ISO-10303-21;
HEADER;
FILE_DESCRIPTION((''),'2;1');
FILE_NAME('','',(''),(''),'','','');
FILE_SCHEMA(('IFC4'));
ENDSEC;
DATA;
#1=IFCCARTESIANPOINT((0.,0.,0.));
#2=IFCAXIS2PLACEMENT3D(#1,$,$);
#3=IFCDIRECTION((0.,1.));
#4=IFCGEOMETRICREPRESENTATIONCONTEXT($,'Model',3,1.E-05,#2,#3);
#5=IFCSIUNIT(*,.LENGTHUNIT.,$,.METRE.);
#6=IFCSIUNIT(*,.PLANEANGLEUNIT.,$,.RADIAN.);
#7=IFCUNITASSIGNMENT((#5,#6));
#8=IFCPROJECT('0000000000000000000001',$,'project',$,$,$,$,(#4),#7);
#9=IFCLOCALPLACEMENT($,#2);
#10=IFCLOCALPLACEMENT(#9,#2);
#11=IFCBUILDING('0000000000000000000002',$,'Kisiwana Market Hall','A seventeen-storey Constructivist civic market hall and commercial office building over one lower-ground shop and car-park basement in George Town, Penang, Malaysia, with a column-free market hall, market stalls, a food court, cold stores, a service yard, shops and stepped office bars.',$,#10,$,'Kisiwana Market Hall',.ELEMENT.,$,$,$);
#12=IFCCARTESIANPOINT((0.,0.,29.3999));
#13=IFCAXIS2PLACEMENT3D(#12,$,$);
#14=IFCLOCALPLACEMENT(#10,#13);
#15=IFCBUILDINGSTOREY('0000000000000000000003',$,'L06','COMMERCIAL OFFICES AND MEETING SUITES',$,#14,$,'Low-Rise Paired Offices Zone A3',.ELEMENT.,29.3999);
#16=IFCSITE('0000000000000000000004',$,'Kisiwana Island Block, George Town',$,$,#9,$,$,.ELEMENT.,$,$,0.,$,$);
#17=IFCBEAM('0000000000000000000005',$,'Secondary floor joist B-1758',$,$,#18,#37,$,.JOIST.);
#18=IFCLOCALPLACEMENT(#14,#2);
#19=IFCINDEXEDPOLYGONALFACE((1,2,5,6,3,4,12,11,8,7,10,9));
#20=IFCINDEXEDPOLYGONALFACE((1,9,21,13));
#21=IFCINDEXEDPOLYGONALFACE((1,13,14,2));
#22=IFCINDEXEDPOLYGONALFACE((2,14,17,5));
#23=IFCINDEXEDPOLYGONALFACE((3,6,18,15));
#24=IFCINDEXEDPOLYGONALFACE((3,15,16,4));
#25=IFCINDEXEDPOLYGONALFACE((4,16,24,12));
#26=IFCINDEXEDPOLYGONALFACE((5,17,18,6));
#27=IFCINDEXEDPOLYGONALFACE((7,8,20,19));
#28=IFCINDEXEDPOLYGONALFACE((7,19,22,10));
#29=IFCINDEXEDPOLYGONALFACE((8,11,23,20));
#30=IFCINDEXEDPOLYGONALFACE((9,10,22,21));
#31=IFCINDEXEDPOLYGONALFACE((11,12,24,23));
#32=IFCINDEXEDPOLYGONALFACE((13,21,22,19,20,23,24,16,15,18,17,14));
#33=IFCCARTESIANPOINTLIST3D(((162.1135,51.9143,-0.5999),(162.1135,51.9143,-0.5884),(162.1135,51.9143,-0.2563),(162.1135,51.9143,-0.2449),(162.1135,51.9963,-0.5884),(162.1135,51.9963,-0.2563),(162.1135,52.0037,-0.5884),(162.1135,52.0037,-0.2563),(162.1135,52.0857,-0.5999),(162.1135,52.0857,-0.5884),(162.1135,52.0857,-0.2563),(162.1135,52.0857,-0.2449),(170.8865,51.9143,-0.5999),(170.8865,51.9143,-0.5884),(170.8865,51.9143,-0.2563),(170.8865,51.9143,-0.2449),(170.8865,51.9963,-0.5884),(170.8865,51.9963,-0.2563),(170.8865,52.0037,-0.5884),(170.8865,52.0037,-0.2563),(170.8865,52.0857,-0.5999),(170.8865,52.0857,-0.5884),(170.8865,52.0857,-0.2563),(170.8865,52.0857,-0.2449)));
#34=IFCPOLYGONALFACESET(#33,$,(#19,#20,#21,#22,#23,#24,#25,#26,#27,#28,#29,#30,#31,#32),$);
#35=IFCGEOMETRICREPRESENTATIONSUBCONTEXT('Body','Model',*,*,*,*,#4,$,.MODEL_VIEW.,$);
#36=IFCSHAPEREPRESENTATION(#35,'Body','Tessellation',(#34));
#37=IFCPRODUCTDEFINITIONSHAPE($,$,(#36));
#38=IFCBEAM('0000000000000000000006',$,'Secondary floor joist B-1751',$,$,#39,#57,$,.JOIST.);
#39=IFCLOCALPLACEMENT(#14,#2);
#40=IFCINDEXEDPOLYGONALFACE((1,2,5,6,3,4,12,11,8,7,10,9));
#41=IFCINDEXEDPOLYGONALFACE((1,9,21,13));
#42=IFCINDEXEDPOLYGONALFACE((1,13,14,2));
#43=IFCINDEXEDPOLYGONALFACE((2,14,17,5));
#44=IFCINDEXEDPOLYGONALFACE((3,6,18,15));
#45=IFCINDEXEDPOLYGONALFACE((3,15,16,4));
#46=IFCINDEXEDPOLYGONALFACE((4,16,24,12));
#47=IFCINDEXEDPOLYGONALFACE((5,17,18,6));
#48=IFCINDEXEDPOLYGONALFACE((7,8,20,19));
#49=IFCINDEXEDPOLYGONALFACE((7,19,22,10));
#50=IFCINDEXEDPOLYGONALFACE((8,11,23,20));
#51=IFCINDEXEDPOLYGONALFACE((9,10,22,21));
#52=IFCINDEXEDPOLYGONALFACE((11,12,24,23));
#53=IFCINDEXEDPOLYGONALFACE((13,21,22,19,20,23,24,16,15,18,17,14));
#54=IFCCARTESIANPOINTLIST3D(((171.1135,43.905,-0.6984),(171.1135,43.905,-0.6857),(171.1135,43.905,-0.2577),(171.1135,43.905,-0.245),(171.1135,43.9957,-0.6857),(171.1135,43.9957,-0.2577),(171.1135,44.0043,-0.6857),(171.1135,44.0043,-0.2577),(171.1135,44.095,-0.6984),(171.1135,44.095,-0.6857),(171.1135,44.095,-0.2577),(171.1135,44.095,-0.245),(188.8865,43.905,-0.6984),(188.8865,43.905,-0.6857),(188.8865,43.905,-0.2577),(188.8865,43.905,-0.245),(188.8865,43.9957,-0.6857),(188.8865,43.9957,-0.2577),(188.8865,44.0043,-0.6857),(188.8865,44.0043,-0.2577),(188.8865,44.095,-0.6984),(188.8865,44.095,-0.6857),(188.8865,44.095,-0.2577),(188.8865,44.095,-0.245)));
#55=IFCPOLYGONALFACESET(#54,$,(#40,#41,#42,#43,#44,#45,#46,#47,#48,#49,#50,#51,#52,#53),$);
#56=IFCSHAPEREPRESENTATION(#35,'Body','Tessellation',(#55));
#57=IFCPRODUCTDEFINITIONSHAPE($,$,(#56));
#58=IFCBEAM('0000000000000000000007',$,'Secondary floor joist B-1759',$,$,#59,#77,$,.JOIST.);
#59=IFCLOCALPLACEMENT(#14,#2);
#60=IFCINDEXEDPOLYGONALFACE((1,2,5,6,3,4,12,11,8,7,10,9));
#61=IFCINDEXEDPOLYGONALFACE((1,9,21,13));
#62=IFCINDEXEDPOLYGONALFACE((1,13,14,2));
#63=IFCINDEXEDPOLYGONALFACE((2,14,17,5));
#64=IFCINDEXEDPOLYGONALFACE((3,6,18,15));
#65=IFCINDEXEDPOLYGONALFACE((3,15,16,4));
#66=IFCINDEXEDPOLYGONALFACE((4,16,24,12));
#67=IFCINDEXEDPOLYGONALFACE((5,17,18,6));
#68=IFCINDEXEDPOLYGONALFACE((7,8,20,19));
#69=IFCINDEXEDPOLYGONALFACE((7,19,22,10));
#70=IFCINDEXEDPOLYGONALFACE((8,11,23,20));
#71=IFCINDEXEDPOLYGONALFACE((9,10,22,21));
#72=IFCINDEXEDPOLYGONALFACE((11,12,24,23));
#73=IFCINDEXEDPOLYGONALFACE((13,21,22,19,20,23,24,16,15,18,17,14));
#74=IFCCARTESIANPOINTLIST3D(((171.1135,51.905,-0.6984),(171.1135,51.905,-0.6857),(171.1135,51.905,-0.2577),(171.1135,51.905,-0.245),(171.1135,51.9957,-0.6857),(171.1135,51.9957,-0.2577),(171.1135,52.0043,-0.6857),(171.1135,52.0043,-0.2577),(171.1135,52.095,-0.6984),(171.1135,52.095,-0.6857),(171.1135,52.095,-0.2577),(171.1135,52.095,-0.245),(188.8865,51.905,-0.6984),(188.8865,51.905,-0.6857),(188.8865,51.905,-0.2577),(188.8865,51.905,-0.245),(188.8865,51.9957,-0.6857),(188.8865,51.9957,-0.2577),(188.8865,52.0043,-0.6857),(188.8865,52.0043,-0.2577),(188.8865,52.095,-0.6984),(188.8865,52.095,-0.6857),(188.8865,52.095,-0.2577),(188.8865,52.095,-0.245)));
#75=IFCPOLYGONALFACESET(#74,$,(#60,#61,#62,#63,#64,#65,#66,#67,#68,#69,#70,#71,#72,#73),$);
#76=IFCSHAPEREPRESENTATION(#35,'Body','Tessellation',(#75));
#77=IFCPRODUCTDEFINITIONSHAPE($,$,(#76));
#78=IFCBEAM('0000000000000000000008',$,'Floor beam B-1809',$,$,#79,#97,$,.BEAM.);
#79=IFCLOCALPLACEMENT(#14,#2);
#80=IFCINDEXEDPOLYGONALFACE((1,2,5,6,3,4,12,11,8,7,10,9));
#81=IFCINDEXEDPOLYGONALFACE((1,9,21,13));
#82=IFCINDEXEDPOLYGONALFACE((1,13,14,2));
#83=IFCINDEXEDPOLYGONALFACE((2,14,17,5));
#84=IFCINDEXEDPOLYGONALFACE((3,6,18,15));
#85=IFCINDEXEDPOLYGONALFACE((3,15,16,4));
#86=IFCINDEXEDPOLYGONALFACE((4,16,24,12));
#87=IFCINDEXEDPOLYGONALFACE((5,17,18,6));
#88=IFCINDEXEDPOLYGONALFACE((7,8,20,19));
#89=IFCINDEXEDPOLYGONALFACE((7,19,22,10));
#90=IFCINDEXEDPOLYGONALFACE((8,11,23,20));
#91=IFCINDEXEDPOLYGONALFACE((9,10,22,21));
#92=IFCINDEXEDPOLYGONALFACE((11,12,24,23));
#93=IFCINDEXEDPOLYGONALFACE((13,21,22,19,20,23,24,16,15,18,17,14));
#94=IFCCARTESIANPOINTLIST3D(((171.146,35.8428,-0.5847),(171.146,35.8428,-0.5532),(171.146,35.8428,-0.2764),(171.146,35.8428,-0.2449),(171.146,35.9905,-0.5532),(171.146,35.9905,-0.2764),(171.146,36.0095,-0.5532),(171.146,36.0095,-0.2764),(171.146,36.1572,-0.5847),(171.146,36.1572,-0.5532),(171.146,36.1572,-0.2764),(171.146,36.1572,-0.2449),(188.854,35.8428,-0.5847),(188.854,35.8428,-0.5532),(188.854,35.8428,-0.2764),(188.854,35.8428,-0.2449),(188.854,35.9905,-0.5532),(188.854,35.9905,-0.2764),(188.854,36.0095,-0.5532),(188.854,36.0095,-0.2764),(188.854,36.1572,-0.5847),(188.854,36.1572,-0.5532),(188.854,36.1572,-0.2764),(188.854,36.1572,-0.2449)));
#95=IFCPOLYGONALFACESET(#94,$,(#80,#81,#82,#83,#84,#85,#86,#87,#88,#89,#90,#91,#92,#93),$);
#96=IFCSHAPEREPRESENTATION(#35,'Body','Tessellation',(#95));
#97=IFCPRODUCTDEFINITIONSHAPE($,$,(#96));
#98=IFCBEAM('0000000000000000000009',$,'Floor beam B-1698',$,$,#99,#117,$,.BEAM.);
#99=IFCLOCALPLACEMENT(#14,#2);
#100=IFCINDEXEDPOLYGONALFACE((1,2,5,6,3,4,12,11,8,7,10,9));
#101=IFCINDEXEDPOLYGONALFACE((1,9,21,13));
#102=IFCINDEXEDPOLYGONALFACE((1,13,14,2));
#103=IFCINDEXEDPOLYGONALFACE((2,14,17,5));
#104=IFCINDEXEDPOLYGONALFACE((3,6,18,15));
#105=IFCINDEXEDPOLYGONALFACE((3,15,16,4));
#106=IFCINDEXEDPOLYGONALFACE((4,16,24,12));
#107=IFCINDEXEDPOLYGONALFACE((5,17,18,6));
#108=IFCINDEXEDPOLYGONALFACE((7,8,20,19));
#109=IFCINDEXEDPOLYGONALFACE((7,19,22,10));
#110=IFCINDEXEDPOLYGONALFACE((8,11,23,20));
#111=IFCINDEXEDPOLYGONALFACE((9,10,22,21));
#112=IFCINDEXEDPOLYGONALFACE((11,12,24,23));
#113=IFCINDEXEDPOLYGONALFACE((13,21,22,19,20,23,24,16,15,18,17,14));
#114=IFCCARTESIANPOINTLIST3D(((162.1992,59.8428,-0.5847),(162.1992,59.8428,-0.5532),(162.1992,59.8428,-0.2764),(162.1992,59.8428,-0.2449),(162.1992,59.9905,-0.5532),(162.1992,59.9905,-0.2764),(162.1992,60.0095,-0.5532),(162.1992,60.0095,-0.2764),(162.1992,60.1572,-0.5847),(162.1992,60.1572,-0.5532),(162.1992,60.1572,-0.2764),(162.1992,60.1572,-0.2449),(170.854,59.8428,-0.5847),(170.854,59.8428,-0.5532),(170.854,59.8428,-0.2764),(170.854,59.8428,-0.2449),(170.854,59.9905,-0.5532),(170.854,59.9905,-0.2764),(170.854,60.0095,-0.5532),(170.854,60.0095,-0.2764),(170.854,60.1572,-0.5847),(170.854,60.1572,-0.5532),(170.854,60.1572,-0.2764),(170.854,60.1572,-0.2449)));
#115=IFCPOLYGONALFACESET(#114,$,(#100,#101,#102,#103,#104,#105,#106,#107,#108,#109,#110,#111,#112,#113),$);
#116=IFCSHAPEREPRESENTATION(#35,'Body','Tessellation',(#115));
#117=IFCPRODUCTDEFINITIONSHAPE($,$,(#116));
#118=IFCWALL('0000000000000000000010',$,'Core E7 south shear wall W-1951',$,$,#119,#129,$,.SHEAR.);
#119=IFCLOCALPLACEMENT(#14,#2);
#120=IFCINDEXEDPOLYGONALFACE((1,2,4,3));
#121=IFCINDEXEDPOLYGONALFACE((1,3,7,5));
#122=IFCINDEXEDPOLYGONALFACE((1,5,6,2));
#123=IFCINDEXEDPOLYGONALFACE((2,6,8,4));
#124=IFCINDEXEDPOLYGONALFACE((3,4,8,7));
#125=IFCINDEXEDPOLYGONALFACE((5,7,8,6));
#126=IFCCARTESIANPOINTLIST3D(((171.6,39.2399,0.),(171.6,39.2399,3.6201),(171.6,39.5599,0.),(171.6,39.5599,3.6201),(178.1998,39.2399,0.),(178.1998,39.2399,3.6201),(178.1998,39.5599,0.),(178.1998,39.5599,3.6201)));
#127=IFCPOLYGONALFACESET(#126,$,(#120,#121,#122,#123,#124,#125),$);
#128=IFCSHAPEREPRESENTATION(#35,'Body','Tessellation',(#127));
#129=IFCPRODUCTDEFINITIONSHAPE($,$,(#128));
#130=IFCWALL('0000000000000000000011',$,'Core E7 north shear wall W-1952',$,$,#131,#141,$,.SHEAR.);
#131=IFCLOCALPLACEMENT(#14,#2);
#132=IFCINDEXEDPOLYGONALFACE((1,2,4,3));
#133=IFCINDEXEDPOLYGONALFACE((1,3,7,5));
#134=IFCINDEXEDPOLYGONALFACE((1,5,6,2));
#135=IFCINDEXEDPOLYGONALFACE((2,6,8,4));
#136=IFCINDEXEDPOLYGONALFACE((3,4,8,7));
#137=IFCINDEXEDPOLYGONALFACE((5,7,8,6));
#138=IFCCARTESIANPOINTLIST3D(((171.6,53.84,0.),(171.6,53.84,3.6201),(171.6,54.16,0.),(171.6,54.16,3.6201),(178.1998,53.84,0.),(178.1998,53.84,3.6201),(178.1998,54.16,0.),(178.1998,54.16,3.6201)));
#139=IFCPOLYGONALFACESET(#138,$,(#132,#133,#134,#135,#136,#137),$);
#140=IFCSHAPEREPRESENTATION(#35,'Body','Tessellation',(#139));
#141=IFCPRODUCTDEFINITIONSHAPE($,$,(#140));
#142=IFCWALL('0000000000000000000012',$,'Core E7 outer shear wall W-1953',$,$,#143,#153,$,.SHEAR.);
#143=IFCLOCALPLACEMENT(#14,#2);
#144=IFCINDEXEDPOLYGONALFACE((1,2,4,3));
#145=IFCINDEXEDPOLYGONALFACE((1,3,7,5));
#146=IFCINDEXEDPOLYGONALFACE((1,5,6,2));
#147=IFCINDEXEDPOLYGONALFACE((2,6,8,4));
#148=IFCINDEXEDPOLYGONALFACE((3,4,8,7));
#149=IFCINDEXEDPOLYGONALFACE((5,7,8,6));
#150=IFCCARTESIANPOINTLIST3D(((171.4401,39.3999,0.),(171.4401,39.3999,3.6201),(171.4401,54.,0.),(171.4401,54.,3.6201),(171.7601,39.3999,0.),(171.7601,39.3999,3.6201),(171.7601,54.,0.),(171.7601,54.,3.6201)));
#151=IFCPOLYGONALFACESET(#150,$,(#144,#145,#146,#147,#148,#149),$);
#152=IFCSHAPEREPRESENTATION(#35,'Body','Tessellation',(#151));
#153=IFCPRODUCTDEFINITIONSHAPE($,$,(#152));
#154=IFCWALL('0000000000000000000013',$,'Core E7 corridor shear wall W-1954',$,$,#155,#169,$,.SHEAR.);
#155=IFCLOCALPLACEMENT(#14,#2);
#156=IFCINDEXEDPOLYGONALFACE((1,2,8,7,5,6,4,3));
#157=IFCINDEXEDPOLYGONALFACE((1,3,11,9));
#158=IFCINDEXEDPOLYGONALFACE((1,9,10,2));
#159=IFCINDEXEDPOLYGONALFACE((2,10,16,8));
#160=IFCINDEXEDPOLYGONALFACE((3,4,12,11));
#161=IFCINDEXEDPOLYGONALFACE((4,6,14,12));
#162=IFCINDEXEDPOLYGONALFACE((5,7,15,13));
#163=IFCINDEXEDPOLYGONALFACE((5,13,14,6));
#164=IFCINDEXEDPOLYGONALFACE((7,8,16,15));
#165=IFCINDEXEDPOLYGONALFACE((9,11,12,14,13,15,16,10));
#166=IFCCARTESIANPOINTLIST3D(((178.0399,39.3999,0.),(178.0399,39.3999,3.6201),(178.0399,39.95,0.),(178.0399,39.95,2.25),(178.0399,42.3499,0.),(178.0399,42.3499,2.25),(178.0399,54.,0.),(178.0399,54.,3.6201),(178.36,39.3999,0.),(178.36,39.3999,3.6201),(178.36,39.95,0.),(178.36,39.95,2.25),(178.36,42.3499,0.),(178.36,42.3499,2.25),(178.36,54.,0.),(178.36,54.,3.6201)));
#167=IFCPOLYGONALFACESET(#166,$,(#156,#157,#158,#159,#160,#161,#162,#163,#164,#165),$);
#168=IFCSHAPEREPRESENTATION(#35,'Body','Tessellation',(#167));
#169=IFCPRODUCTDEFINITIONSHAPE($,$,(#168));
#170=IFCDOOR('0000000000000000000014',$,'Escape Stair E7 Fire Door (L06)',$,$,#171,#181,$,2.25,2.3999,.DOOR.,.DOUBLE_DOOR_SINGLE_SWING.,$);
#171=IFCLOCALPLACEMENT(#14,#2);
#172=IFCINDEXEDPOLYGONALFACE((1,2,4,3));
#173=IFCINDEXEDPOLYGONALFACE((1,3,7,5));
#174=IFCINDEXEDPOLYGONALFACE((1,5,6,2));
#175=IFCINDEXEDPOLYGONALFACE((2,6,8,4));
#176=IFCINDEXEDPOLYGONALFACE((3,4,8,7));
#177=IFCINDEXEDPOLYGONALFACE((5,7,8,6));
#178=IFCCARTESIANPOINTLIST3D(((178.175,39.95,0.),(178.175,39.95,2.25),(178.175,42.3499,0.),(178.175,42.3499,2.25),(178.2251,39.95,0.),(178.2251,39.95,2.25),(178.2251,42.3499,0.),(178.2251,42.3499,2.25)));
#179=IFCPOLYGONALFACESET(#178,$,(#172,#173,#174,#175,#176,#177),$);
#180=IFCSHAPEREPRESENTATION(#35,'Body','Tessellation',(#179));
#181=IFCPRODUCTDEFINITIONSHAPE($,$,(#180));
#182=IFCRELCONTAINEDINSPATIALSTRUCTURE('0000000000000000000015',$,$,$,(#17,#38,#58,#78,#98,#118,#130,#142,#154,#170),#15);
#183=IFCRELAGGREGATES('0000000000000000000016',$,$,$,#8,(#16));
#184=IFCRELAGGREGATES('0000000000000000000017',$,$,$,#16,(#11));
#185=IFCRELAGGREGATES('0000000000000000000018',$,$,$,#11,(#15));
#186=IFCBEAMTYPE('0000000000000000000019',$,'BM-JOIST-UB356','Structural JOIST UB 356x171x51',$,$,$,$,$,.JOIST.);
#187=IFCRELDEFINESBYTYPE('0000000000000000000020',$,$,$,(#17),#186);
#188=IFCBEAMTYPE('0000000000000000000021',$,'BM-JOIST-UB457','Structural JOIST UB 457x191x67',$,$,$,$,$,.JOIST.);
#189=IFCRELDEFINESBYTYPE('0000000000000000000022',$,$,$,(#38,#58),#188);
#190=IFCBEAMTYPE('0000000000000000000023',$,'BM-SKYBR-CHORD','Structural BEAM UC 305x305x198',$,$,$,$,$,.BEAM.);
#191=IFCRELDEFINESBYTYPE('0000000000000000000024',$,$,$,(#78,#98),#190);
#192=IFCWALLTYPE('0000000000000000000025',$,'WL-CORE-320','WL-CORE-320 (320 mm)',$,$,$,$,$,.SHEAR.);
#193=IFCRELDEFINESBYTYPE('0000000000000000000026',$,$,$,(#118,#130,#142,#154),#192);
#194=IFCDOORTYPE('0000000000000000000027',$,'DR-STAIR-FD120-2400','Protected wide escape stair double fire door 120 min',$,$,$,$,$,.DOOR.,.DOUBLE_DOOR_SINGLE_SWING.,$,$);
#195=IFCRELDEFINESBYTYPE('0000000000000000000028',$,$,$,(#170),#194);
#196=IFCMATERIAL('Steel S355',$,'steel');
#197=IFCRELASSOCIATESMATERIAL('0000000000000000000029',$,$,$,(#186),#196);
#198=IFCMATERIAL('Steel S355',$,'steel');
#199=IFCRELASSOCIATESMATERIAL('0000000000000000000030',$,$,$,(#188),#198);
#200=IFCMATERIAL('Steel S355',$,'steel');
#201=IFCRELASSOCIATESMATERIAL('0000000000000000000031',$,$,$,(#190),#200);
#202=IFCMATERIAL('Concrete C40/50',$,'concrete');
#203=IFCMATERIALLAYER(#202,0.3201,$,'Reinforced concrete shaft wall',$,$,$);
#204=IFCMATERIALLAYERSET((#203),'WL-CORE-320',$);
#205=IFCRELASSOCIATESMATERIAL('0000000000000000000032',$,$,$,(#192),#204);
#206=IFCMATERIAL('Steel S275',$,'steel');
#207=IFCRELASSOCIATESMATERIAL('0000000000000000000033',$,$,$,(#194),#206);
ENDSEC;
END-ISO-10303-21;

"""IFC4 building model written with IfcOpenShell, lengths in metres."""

from ifc_helpers import new_model, si_unit, direction, frame, frame_2d, origin, origin_2d, place, context, subcontext, project, spatial, rectangle, i_section, extrude, material, layer, layer_set, material_profile, profile_set, type_object, element, fill, save


model = new_model("IFC4")

# Units and contexts
model_context = context("Model", 3, precision=1e-05, world=origin(), true_north=direction((0.0, 1.0)))
body_context = subcontext(model_context, "Body", "Model", "MODEL_VIEW")
ifc_project = project(units=[si_unit("LENGTHUNIT", "METRE"), si_unit("PLANEANGLEUNIT", "RADIAN")], contexts=[model_context])

# Site, building, storey
site_placement = place(None, origin())
site = spatial("IfcSite", under=ifc_project, at=site_placement, Name="Kisiwana Island Block, George Town", CompositionType="ELEMENT", RefElevation=0.0)
building_placement = place(site_placement, origin())
building = spatial("IfcBuilding", under=site, at=building_placement, Name="Kisiwana Market Hall", Description="A seventeen-storey Constructivist civic market hall and commercial office building over one lower-ground shop and car-park basement in George Town, Penang, Malaysia, with a column-free market hall, market stalls, a food court, cold stores, a service yard, shops and stepped office bars.", LongName="Kisiwana Market Hall", CompositionType="ELEMENT")
storey_placement = place(building_placement, frame((0.0, 0.0, 29.3999)))
storey = spatial("IfcBuildingStorey", under=building, at=storey_placement, Name="L06", Description="COMMERCIAL OFFICES AND MEETING SUITES", LongName="Low-Rise Paired Offices Zone A3", CompositionType="ELEMENT", Elevation=29.3999)

# Beams
ifc_material_1 = material(Name="Steel S355", Category="steel")
ifc_material_profile_1 = material_profile(ifc_material_1, i_section(OverallWidth=0.1714, OverallDepth=0.355, WebThickness=0.0073, FlangeThickness=0.0115, at=origin_2d()), Name="UB 356x171x51")
ifc_profile_set_1 = profile_set([ifc_material_profile_1], Name="Steel S355")
beam_type_1 = type_object("IfcBeamType", Name="BM-JOIST-UB356", Description="Structural JOIST UB 356x171x51", PredefinedType="JOIST", material=ifc_profile_set_1)
for number, where, z_axis, x_axis, name in (
    (1, (162.1135, 52.0, -0.4224), (1.0, 0.0, 0.0), (0.0, 1.0, 0.0), "Secondary floor joist B-1758"),
):
    element("IfcBeam", number, at=place(storey_placement, frame(where, z_axis=z_axis, x_axis=x_axis)), inside=storey, type_object=beam_type_1, Name=name, PredefinedType="JOIST", context=body_context, shape_type="SweptSolid", body=[
        extrude(i_section(OverallWidth=0.1714, OverallDepth=0.355, WebThickness=0.0073, FlangeThickness=0.0115, at=origin_2d()), origin(), (0.0, 0.0, 1.0), 8.7729),
    ])
ifc_material_2 = material(Name="Steel S355", Category="steel")
ifc_material_profile_2 = material_profile(ifc_material_2, i_section(OverallWidth=0.1899, OverallDepth=0.4534, WebThickness=0.0085, FlangeThickness=0.0127, at=origin_2d()), Name="UB 457x191x67")
ifc_profile_set_2 = profile_set([ifc_material_profile_2], Name="Steel S355")
beam_type_2 = type_object("IfcBeamType", Name="BM-JOIST-UB457", Description="Structural JOIST UB 457x191x67", PredefinedType="JOIST", material=ifc_profile_set_2)
for number, where, z_axis, x_axis, name in (
    (2, (171.1135, 44.0, -0.4717), (1.0, 0.0, 0.0), (0.0, 1.0, 0.0), "Secondary floor joist B-1751"),
    (3, (171.1135, 52.0, -0.4717), (1.0, 0.0, 0.0), (0.0, 1.0, 0.0), "Secondary floor joist B-1759"),
):
    element("IfcBeam", number, at=place(storey_placement, frame(where, z_axis=z_axis, x_axis=x_axis)), inside=storey, type_object=beam_type_2, Name=name, PredefinedType="JOIST", context=body_context, shape_type="SweptSolid", body=[
        extrude(i_section(OverallWidth=0.1899, OverallDepth=0.4534, WebThickness=0.0085, FlangeThickness=0.0127, at=origin_2d()), origin(), (0.0, 0.0, 1.0), 17.7729),
    ])
ifc_material_3 = material(Name="Steel S355", Category="steel")
ifc_material_profile_3 = material_profile(ifc_material_3, i_section(OverallWidth=0.3145, OverallDepth=0.3398, WebThickness=0.019, FlangeThickness=0.0315, at=origin_2d()), Name="UC 305x305x198")
ifc_profile_set_3 = profile_set([ifc_material_profile_3], Name="Steel S355")
beam_type_3 = type_object("IfcBeamType", Name="BM-SKYBR-CHORD", Description="Structural BEAM UC 305x305x198", PredefinedType="BEAM", material=ifc_profile_set_3)
beam_1_placement = place(storey_placement, frame((171.146, 36.0, -0.4148), z_axis=(1.0, 0.0, 0.0), x_axis=(0.0, 1.0, 0.0)))
element("IfcBeam", 4, at=beam_1_placement, inside=storey, type_object=beam_type_3, Name="Floor beam B-1809", PredefinedType="BEAM", context=body_context, shape_type="SweptSolid", body=[
    extrude(i_section(OverallWidth=0.3145, OverallDepth=0.3398, WebThickness=0.019, FlangeThickness=0.0315, at=origin_2d()), origin(), (0.0, 0.0, 1.0), 17.708),
])
beam_2_placement = place(storey_placement, frame((162.1992, 60.0, -0.4148), z_axis=(1.0, 0.0, 0.0), x_axis=(0.0, 1.0, 0.0)))
element("IfcBeam", 5, at=beam_2_placement, inside=storey, type_object=beam_type_3, Name="Floor beam B-1698", PredefinedType="BEAM", context=body_context, shape_type="SweptSolid", body=[
    extrude(i_section(OverallWidth=0.3145, OverallDepth=0.3398, WebThickness=0.019, FlangeThickness=0.0315, at=origin_2d()), origin(), (0.0, 0.0, 1.0), 8.6548),
])

# Walls
ifc_material_4 = material(Name="Concrete C40/50", Category="concrete")
ifc_layer_1 = layer(ifc_material_4, 0.3201, Name="Reinforced concrete shaft wall")
ifc_layer_set_1 = layer_set([ifc_layer_1], Name="WL-CORE-320")
wall_type_1 = type_object("IfcWallType", Name="WL-CORE-320", Description="WL-CORE-320 (320 mm)", PredefinedType="SHEAR", material=ifc_layer_set_1)
for number, where, z_axis, x_axis, name in (
    (6, (171.6001, 39.3999, 0.0), (0.0, 0.0, 1.0), (1.0, 0.0, 0.0), "Core E7 south shear wall W-1951"),
    (7, (171.6001, 54.0, 0.0), (0.0, 0.0, 1.0), (1.0, 0.0, 0.0), "Core E7 north shear wall W-1952"),
):
    element("IfcWall", number, at=place(storey_placement, frame(where, z_axis=z_axis, x_axis=x_axis)), inside=storey, type_object=wall_type_1, Name=name, PredefinedType="SHEAR", context=body_context, shape_type="SweptSolid", body=[
        extrude(rectangle(XDim=6.5999, YDim=0.3201, at=frame_2d((3.2998, 0.0))), origin(), (0.0, 0.0, 1.0), 3.6201),
    ])
wall_1_placement = place(storey_placement, frame((171.6001, 39.3999, 0.0), z_axis=(0.0, 0.0, 1.0), x_axis=(0.0, 1.0, 0.0)))
element("IfcWall", 8, at=wall_1_placement, inside=storey, type_object=wall_type_1, Name="Core E7 outer shear wall W-1953", PredefinedType="SHEAR", context=body_context, shape_type="SweptSolid", body=[
    extrude(rectangle(XDim=14.6001, YDim=0.3201, at=frame_2d((7.3, 0.0))), origin(), (0.0, 0.0, 1.0), 3.6201),
])

# Wall, opening, door
wall_2_placement = place(storey_placement, frame((178.2, 39.3999, 0.0), z_axis=(0.0, 0.0, 1.0), x_axis=(0.0, 1.0, 0.0)))
wall_2 = element("IfcWall", 9, at=wall_2_placement, inside=storey, type_object=wall_type_1, Name="Core E7 corridor shear wall W-1954", PredefinedType="SHEAR", context=body_context, shape_type="SweptSolid", body=[
    extrude(rectangle(XDim=14.6001, YDim=0.3201, at=frame_2d((7.3, 0.0))), origin(), (0.0, 0.0, 1.0), 3.6201),
])
opening_1_placement = place(wall_2_placement, frame((0.55, 0.0, 0.0)))
opening_1 = element("IfcOpeningElement", 10, at=opening_1_placement, cuts=wall_2, PredefinedType="OPENING", context=body_context, shape_type="SweptSolid", body=[
    extrude(rectangle(XDim=2.3999, YDim=2.25, at=frame_2d((1.2, 1.125))), frame((0.0, 0.1719, 0.0), z_axis=(0.0, -1.0, 0.0), x_axis=(1.0, 0.0, 0.0)), (0.0, 0.0, 1.0), 0.344),
])
ifc_material_5 = material(Name="Steel S275", Category="steel")
door_type_1 = type_object("IfcDoorType", Name="DR-STAIR-FD120-2400", Description="Protected wide escape stair double fire door 120 min", OperationType="DOUBLE_DOOR_SINGLE_SWING", PredefinedType="DOOR", material=ifc_material_5)
door_1_placement = place(opening_1_placement, origin())
door_1 = element("IfcDoor", 11, at=door_1_placement, inside=storey, type_object=door_type_1, Name="Escape Stair E7 Fire Door (L06)", OperationType="DOUBLE_DOOR_SINGLE_SWING", OverallHeight=2.25, OverallWidth=2.3999, PredefinedType="DOOR", context=body_context, shape_type="SweptSolid", body=[
    extrude(rectangle(XDim=2.3999, YDim=2.25, at=frame_2d((1.2, 1.125))), frame((0.0, 0.0249, 0.0), z_axis=(0.0, -1.0, 0.0), x_axis=(1.0, 0.0, 0.0)), (0.0, 0.0, 1.0), 0.05),
])
fill(opening_1, door_1)

save(model, "model.ifc")
